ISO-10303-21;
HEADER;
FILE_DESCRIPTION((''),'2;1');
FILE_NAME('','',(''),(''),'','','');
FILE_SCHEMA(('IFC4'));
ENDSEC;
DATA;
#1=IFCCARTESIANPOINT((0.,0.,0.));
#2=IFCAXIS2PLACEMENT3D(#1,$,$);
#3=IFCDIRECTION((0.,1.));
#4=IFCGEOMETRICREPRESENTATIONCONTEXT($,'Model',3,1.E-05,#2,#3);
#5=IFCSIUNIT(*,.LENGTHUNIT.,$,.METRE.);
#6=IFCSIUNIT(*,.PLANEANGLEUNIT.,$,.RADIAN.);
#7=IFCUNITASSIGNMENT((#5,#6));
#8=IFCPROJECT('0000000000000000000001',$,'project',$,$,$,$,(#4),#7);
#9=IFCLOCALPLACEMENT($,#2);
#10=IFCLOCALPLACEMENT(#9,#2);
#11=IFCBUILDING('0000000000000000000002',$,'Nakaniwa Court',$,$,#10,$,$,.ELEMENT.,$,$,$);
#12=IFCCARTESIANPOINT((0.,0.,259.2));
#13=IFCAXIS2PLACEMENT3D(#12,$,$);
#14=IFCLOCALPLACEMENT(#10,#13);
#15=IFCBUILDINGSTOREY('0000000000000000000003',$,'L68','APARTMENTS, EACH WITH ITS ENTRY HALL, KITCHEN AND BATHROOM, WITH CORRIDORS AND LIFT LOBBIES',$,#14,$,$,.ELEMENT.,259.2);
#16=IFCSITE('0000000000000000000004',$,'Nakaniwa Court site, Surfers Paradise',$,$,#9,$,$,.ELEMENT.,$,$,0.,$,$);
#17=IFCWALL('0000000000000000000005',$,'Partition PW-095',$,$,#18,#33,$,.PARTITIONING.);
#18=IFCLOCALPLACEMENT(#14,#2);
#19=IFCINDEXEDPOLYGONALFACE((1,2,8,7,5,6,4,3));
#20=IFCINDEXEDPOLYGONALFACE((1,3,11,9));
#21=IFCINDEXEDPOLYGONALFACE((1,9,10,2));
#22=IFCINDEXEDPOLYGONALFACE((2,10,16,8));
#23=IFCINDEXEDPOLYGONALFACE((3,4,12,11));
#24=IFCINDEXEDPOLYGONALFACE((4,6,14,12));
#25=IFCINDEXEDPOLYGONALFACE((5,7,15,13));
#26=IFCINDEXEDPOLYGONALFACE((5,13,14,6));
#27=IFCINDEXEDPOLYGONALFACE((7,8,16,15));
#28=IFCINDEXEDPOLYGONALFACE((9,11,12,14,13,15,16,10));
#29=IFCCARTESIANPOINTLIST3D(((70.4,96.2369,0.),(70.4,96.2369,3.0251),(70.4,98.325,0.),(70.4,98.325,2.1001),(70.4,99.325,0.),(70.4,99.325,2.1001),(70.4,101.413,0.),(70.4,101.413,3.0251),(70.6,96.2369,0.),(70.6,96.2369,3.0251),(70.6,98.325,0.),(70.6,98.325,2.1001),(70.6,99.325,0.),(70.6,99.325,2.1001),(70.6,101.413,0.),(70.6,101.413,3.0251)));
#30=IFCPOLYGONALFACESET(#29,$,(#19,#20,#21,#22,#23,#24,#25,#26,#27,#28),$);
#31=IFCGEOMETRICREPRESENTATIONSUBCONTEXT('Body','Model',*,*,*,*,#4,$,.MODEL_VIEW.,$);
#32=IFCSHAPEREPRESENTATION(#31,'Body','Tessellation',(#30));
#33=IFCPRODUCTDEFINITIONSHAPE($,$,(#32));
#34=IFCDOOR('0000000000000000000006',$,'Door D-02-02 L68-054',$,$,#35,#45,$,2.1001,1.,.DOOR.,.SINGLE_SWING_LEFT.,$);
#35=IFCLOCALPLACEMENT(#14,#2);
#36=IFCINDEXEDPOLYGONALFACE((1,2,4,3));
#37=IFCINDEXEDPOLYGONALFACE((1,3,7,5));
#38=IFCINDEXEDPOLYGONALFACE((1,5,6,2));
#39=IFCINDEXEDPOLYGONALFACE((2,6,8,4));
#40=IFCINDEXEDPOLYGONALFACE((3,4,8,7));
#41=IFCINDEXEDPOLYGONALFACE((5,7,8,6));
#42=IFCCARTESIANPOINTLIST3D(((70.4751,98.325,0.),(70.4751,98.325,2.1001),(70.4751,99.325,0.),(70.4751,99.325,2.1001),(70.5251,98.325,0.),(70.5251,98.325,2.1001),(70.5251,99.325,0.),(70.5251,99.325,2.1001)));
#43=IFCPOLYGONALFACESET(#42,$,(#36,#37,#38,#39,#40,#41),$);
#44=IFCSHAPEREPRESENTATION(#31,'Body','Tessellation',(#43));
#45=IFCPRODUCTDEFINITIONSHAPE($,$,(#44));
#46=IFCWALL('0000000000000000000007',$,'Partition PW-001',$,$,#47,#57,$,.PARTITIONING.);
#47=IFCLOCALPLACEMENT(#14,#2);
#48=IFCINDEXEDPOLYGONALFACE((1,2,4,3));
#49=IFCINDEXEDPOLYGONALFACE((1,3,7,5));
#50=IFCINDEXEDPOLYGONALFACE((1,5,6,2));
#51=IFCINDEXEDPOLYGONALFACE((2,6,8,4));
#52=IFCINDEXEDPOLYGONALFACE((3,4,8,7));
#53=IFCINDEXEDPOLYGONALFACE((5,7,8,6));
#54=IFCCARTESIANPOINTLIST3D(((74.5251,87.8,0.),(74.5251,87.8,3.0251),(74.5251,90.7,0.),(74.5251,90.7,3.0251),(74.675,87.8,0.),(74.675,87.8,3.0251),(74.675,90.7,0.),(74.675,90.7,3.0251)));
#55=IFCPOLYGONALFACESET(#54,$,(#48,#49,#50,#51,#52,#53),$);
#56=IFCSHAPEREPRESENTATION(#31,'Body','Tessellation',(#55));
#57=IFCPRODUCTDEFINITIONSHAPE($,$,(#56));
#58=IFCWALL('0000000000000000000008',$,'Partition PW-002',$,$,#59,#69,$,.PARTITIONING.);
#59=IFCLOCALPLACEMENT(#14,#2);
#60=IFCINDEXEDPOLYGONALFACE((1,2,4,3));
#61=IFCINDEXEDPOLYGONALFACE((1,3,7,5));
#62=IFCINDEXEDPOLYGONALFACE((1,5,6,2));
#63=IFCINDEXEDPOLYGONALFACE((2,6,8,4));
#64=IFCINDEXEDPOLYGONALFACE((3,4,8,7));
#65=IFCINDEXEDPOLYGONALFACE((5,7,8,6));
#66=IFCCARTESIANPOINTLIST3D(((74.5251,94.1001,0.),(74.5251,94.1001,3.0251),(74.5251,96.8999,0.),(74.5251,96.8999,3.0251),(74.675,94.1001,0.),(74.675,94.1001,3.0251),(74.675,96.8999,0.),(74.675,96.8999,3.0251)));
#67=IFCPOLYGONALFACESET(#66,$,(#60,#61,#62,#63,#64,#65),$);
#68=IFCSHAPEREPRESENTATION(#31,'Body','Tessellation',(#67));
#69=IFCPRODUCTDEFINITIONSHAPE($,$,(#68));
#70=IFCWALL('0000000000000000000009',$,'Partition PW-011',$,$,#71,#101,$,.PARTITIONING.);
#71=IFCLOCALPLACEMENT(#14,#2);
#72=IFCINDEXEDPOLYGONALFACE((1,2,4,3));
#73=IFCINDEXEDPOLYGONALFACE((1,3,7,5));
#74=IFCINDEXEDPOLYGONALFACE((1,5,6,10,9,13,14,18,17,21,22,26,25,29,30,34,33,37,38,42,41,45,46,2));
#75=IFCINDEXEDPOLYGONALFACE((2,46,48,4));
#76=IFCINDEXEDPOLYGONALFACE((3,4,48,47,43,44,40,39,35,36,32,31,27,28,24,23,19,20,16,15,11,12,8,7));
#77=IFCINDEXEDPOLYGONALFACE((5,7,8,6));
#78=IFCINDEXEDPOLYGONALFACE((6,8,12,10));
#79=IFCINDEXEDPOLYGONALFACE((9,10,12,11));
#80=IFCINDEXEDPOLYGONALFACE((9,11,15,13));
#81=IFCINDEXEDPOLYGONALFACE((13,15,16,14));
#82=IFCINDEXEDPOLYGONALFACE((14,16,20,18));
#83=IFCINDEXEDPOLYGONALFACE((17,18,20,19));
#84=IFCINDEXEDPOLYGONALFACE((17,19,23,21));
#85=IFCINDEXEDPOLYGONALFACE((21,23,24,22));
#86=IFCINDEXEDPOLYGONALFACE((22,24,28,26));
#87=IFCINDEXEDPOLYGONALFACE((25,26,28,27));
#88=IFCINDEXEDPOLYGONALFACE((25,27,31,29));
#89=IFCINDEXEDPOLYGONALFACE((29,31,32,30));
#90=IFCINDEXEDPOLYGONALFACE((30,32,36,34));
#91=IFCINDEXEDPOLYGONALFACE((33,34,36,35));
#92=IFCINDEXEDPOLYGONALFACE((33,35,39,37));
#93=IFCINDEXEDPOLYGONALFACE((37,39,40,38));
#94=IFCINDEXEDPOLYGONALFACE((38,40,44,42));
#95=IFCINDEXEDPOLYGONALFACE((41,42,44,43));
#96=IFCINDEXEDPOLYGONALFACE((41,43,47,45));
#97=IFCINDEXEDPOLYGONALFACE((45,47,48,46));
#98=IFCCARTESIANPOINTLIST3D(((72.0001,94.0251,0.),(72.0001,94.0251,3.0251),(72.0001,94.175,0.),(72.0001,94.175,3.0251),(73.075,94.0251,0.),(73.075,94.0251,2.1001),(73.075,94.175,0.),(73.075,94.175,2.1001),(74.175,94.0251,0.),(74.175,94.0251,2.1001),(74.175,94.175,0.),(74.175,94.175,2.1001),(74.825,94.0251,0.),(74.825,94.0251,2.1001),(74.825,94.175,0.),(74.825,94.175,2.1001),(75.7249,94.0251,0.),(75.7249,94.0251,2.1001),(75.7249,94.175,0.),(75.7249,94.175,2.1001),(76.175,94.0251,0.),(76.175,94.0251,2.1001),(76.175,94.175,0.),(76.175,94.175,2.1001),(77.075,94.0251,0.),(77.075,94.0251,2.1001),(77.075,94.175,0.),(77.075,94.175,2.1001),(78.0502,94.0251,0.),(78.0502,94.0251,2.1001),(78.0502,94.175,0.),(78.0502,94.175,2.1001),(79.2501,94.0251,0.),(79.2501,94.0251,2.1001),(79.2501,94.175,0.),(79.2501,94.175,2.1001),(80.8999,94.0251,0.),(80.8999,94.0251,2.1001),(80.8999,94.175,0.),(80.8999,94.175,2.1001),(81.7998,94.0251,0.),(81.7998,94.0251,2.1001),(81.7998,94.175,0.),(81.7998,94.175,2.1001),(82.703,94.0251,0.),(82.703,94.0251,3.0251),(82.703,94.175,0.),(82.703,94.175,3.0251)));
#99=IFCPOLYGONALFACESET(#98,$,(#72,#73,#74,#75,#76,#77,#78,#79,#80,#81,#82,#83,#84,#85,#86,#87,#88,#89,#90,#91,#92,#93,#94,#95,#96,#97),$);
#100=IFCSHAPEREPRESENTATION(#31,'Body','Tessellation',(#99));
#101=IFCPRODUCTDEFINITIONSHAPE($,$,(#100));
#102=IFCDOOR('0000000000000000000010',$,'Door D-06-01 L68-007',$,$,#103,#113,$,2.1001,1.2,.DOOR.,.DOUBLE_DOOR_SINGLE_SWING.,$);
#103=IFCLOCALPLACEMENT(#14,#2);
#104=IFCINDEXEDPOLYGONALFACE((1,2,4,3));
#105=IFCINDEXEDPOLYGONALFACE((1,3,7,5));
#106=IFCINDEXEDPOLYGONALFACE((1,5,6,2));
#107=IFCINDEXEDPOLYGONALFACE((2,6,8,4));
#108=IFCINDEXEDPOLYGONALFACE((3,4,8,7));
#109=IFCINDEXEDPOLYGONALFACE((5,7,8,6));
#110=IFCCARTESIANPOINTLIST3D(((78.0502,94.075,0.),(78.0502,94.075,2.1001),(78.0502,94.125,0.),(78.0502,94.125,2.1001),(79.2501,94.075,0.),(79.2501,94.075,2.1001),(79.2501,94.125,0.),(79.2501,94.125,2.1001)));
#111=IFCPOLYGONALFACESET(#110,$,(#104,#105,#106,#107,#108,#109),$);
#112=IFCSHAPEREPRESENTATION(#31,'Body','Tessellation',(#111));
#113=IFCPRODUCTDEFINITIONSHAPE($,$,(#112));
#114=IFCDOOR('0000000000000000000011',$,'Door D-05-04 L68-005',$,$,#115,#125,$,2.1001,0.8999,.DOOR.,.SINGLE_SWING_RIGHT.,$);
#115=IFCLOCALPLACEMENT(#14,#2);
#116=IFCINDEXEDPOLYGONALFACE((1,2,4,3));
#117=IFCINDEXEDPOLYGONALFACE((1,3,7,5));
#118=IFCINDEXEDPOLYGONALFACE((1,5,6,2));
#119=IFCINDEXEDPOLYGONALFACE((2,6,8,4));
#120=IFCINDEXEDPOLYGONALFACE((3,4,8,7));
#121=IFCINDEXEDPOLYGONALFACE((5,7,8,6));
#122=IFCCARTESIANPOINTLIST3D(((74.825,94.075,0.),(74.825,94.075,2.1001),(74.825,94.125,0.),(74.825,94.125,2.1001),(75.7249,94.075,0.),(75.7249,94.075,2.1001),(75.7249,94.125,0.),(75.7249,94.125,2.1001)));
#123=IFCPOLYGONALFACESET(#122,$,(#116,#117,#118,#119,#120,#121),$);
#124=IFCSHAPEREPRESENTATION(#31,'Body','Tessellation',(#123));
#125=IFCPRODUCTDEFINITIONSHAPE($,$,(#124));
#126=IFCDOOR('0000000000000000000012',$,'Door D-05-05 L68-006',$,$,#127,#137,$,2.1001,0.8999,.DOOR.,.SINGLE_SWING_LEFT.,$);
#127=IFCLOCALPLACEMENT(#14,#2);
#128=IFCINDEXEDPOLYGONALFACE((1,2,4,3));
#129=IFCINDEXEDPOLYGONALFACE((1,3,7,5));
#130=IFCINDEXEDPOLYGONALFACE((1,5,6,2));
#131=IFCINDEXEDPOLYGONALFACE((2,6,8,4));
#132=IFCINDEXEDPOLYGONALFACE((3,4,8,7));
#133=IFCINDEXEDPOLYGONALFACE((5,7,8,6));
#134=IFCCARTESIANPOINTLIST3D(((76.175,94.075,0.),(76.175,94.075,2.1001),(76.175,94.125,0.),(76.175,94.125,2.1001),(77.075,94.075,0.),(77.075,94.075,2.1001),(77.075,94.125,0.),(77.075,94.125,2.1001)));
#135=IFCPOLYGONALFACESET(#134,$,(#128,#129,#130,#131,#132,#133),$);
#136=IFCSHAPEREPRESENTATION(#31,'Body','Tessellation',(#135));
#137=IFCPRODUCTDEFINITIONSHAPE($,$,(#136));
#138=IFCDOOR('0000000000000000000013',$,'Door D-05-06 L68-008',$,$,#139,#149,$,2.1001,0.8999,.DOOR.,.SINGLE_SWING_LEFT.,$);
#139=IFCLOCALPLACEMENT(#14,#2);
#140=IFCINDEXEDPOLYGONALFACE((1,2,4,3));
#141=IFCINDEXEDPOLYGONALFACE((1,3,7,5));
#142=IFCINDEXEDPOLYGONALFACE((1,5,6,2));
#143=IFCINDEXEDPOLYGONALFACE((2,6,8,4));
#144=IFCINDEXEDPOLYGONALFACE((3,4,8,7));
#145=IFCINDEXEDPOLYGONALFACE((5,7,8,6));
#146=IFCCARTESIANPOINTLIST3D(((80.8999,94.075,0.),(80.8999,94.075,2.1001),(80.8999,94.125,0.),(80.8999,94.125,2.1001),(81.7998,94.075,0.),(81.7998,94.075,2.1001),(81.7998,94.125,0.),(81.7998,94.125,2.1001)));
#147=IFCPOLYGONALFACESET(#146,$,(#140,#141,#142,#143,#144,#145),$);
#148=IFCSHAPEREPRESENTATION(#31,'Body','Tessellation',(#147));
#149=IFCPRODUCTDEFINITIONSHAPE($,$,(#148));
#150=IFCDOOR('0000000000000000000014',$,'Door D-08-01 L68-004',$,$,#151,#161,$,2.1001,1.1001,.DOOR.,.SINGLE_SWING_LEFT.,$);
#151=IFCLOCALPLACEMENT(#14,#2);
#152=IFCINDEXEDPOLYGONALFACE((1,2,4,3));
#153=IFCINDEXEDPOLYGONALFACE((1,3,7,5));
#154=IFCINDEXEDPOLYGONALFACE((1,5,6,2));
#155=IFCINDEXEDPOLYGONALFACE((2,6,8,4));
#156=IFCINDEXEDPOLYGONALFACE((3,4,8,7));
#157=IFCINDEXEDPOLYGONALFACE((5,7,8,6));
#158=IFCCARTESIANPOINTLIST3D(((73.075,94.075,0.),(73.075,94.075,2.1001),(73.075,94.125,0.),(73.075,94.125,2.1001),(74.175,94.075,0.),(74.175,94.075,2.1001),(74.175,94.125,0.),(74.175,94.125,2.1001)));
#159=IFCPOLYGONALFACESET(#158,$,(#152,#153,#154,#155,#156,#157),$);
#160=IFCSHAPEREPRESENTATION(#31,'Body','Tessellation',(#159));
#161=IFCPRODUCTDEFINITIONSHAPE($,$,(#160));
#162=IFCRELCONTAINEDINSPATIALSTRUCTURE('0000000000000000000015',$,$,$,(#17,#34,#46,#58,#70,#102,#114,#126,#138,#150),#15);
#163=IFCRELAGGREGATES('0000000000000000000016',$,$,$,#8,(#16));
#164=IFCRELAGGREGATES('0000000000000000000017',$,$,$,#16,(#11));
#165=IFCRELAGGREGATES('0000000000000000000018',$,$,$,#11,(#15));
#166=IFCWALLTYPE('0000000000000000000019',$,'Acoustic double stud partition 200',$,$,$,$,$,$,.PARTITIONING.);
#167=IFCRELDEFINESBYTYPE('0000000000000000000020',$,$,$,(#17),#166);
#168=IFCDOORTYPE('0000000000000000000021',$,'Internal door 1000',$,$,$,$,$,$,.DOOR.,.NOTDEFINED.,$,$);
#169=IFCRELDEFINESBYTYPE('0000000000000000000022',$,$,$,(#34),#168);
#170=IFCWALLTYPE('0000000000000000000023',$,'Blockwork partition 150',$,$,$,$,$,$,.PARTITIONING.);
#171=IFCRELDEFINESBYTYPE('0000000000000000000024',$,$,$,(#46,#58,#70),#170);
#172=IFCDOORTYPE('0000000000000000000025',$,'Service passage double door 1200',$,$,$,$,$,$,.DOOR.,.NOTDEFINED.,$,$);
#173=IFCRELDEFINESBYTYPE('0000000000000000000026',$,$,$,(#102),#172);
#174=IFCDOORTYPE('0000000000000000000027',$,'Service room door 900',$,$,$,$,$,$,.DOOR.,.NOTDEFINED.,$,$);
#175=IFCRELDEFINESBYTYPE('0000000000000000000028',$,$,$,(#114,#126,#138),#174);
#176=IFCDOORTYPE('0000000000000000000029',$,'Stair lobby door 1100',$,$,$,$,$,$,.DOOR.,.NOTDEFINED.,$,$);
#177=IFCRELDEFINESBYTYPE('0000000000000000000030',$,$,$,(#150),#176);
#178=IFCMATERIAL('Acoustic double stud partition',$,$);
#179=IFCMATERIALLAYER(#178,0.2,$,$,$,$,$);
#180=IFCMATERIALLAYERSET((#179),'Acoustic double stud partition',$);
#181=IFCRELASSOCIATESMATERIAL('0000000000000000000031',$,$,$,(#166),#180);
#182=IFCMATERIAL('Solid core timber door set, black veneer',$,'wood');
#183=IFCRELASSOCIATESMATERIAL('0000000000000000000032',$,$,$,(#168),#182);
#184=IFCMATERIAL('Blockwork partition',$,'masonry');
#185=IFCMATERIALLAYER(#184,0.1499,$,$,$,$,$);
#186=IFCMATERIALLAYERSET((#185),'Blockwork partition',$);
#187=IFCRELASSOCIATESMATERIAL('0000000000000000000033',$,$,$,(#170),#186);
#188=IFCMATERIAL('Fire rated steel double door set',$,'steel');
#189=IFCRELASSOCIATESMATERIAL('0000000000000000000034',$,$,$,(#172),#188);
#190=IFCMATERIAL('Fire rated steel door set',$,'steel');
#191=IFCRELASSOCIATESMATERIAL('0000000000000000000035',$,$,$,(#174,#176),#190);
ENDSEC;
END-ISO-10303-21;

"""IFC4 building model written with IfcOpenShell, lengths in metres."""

from ifc_helpers import new_model, si_unit, direction, frame, frame_2d, origin, place, context, subcontext, project, spatial, rectangle, extrude, material, layer, layer_set, type_object, element, fill, save


model = new_model("IFC4")

# Units and contexts
model_context = context("Model", 3, precision=1e-05, world=origin(), true_north=direction((0.0, 1.0)))
body_context = subcontext(model_context, "Body", "Model", "MODEL_VIEW")
ifc_project = project(units=[si_unit("LENGTHUNIT", "METRE"), si_unit("PLANEANGLEUNIT", "RADIAN")], contexts=[model_context])

# Site, building, storey
site_placement = place(None, origin())
site = spatial("IfcSite", under=ifc_project, at=site_placement, Name="Nakaniwa Court site, Surfers Paradise", CompositionType="ELEMENT", RefElevation=0.0)
building_placement = place(site_placement, origin())
building = spatial("IfcBuilding", under=site, at=building_placement, Name="Nakaniwa Court", CompositionType="ELEMENT")
storey_placement = place(building_placement, frame((0.0, 0.0, 259.2)))
storey = spatial("IfcBuildingStorey", under=building, at=storey_placement, Name="L68", Description="APARTMENTS, EACH WITH ITS ENTRY HALL, KITCHEN AND BATHROOM, WITH CORRIDORS AND LIFT LOBBIES", CompositionType="ELEMENT", Elevation=259.2)

# Shared definitions
ifc_material_1 = material(Name="Acoustic double stud partition")
ifc_layer_1 = layer(ifc_material_1, 0.2)
ifc_layer_set_1 = layer_set([ifc_layer_1], Name="Acoustic double stud partition")
wall_type_1 = type_object("IfcWallType", Name="Acoustic double stud partition 200", PredefinedType="PARTITIONING", material=ifc_layer_set_1)
ifc_material_2 = material(Name="Solid core timber door set, black veneer", Category="wood")

# Wall, opening, door
wall_1_placement = place(storey_placement, frame((70.5, 96.2371, 0.0), z_axis=(0.0, 0.0, 1.0), x_axis=(0.0, 1.0, 0.0)))
wall_1 = element("IfcWall", 1, at=wall_1_placement, inside=storey, type_object=wall_type_1, Name="Partition PW-095", PredefinedType="PARTITIONING", context=body_context, shape_type="SweptSolid", body=[
    extrude(rectangle(XDim=5.176, YDim=0.2, at=frame_2d((2.5879, 0.0))), origin(), (0.0, 0.0, 1.0), 3.0251),
])
opening_1_placement = place(wall_1_placement, frame((2.0879, 0.0, 0.0)))
opening_1 = element("IfcOpeningElement", 2, at=opening_1_placement, cuts=wall_1, PredefinedType="OPENING", context=body_context, shape_type="SweptSolid", body=[
    extrude(rectangle(XDim=1.0, YDim=2.1001, at=frame_2d((0.5, 1.05))), frame((0.0, 0.1099, 0.0), z_axis=(0.0, -1.0, 0.0), x_axis=(1.0, 0.0, 0.0)), (0.0, 0.0, 1.0), 0.22),
])
door_type_1 = type_object("IfcDoorType", Name="Internal door 1000", OperationType="NOTDEFINED", PredefinedType="DOOR", material=ifc_material_2)
door_1_placement = place(opening_1_placement, origin())
door_1 = element("IfcDoor", 3, at=door_1_placement, inside=storey, type_object=door_type_1, Name="Door D-02-02 L68-054", OperationType="SINGLE_SWING_LEFT", OverallHeight=2.1001, OverallWidth=1.0, PredefinedType="DOOR", context=body_context, shape_type="SweptSolid", body=[
    extrude(rectangle(XDim=1.0, YDim=2.1001, at=frame_2d((0.5, 1.05))), frame((0.0, 0.0249, 0.0), z_axis=(0.0, -1.0, 0.0), x_axis=(1.0, 0.0, 0.0)), (0.0, 0.0, 1.0), 0.05),
])
fill(opening_1, door_1)

# Walls
ifc_material_3 = material(Name="Blockwork partition", Category="masonry")
ifc_layer_2 = layer(ifc_material_3, 0.1499)
ifc_layer_set_2 = layer_set([ifc_layer_2], Name="Blockwork partition")
wall_type_2 = type_object("IfcWallType", Name="Blockwork partition 150", PredefinedType="PARTITIONING", material=ifc_layer_set_2)
wall_2_placement = place(storey_placement, frame((74.6001, 87.8, 0.0), z_axis=(0.0, 0.0, 1.0), x_axis=(0.0, 1.0, 0.0)))
element("IfcWall", 4, at=wall_2_placement, inside=storey, type_object=wall_type_2, Name="Partition PW-001", PredefinedType="PARTITIONING", context=body_context, shape_type="SweptSolid", body=[
    extrude(rectangle(XDim=2.8999, YDim=0.1499, at=frame_2d((1.45, 0.0))), origin(), (0.0, 0.0, 1.0), 3.0251),
])
wall_3_placement = place(storey_placement, frame((74.6001, 94.1001, 0.0), z_axis=(0.0, 0.0, 1.0), x_axis=(0.0, 1.0, 0.0)))
element("IfcWall", 5, at=wall_3_placement, inside=storey, type_object=wall_type_2, Name="Partition PW-002", PredefinedType="PARTITIONING", context=body_context, shape_type="SweptSolid", body=[
    extrude(rectangle(XDim=2.7998, YDim=0.1499, at=frame_2d((1.3999, 0.0))), origin(), (0.0, 0.0, 1.0), 3.0251),
])

# Wall, openings, doors
wall_4_placement = place(storey_placement, frame((72.0, 94.1001, 0.0), z_axis=(0.0, 0.0, 1.0), x_axis=(1.0, 0.0, 0.0)))
wall_4 = element("IfcWall", 6, at=wall_4_placement, inside=storey, type_object=wall_type_2, Name="Partition PW-011", PredefinedType="PARTITIONING", context=body_context, shape_type="SweptSolid", body=[
    extrude(rectangle(XDim=10.7029, YDim=0.1499, at=frame_2d((5.3516, 0.0))), origin(), (0.0, 0.0, 1.0), 3.0251),
])
opening_2_placement = place(wall_4_placement, frame((1.075, 0.0, 0.0)))
opening_2 = element("IfcOpeningElement", 7, at=opening_2_placement, cuts=wall_4, PredefinedType="OPENING", context=body_context, shape_type="SweptSolid", body=[
    extrude(rectangle(XDim=1.1001, YDim=2.1001, at=frame_2d((0.55, 1.05))), frame((0.0, 0.085, 0.0), z_axis=(0.0, -1.0, 0.0), x_axis=(1.0, 0.0, 0.0)), (0.0, 0.0, 1.0), 0.1699),
])
opening_3_placement = place(wall_4_placement, frame((2.825, 0.0, 0.0)))
opening_3 = element("IfcOpeningElement", 8, at=opening_3_placement, cuts=wall_4, PredefinedType="OPENING", context=body_context, shape_type="SweptSolid", body=[
    extrude(rectangle(XDim=0.8999, YDim=2.1001, at=frame_2d((0.45, 1.05))), frame((0.0, 0.085, 0.0), z_axis=(0.0, -1.0, 0.0), x_axis=(1.0, 0.0, 0.0)), (0.0, 0.0, 1.0), 0.1699),
])
opening_4_placement = place(wall_4_placement, frame((4.175, 0.0, 0.0)))
opening_4 = element("IfcOpeningElement", 9, at=opening_4_placement, cuts=wall_4, PredefinedType="OPENING", context=body_context, shape_type="SweptSolid", body=[
    extrude(rectangle(XDim=0.8999, YDim=2.1001, at=frame_2d((0.45, 1.05))), frame((0.0, 0.085, 0.0), z_axis=(0.0, -1.0, 0.0), x_axis=(1.0, 0.0, 0.0)), (0.0, 0.0, 1.0), 0.1699),
])
opening_5_placement = place(wall_4_placement, frame((6.05, 0.0, 0.0)))
opening_5 = element("IfcOpeningElement", 10, at=opening_5_placement, cuts=wall_4, PredefinedType="OPENING", context=body_context, shape_type="SweptSolid", body=[
    extrude(rectangle(XDim=1.2, YDim=2.1001, at=frame_2d((0.6001, 1.05))), frame((0.0, 0.085, 0.0), z_axis=(0.0, -1.0, 0.0), x_axis=(1.0, 0.0, 0.0)), (0.0, 0.0, 1.0), 0.1699),
])
opening_6_placement = place(wall_4_placement, frame((8.8999, 0.0, 0.0)))
opening_6 = element("IfcOpeningElement", 11, at=opening_6_placement, cuts=wall_4, PredefinedType="OPENING", context=body_context, shape_type="SweptSolid", body=[
    extrude(rectangle(XDim=0.8999, YDim=2.1001, at=frame_2d((0.45, 1.05))), frame((0.0, 0.085, 0.0), z_axis=(0.0, -1.0, 0.0), x_axis=(1.0, 0.0, 0.0)), (0.0, 0.0, 1.0), 0.1699),
])
ifc_material_4 = material(Name="Fire rated steel double door set", Category="steel")
door_type_2 = type_object("IfcDoorType", Name="Service passage double door 1200", OperationType="NOTDEFINED", PredefinedType="DOOR", material=ifc_material_4)
door_2_placement = place(opening_5_placement, origin())
door_2 = element("IfcDoor", 12, at=door_2_placement, inside=storey, type_object=door_type_2, Name="Door D-06-01 L68-007", OperationType="DOUBLE_DOOR_SINGLE_SWING", OverallHeight=2.1001, OverallWidth=1.2, PredefinedType="DOOR", context=body_context, shape_type="SweptSolid", body=[
    extrude(rectangle(XDim=1.2, YDim=2.1001, at=frame_2d((0.6001, 1.05))), frame((0.0, 0.0249, 0.0), z_axis=(0.0, -1.0, 0.0), x_axis=(1.0, 0.0, 0.0)), (0.0, 0.0, 1.0), 0.05),
])
fill(opening_5, door_2)
ifc_material_5 = material(Name="Fire rated steel door set", Category="steel")
door_type_3 = type_object("IfcDoorType", Name="Service room door 900", OperationType="NOTDEFINED", PredefinedType="DOOR", material=ifc_material_5)
door_3_placement = place(opening_3_placement, origin())
door_3 = element("IfcDoor", 13, at=door_3_placement, inside=storey, type_object=door_type_3, Name="Door D-05-04 L68-005", OperationType="SINGLE_SWING_RIGHT", OverallHeight=2.1001, OverallWidth=0.8999, PredefinedType="DOOR", context=body_context, shape_type="SweptSolid", body=[
    extrude(rectangle(XDim=0.8999, YDim=2.1001, at=frame_2d((0.45, 1.05))), frame((0.0, 0.0249, 0.0), z_axis=(0.0, -1.0, 0.0), x_axis=(1.0, 0.0, 0.0)), (0.0, 0.0, 1.0), 0.05),
])
fill(opening_3, door_3)
door_4_placement = place(opening_4_placement, origin())
door_4 = element("IfcDoor", 14, at=door_4_placement, inside=storey, type_object=door_type_3, Name="Door D-05-05 L68-006", OperationType="SINGLE_SWING_LEFT", OverallHeight=2.1001, OverallWidth=0.8999, PredefinedType="DOOR", context=body_context, shape_type="SweptSolid", body=[
    extrude(rectangle(XDim=0.8999, YDim=2.1001, at=frame_2d((0.45, 1.05))), frame((0.0, 0.0249, 0.0), z_axis=(0.0, -1.0, 0.0), x_axis=(1.0, 0.0, 0.0)), (0.0, 0.0, 1.0), 0.05),
])
fill(opening_4, door_4)
door_5_placement = place(opening_6_placement, origin())
door_5 = element("IfcDoor", 15, at=door_5_placement, inside=storey, type_object=door_type_3, Name="Door D-05-06 L68-008", OperationType="SINGLE_SWING_LEFT", OverallHeight=2.1001, OverallWidth=0.8999, PredefinedType="DOOR", context=body_context, shape_type="SweptSolid", body=[
    extrude(rectangle(XDim=0.8999, YDim=2.1001, at=frame_2d((0.45, 1.05))), frame((0.0, 0.0249, 0.0), z_axis=(0.0, -1.0, 0.0), x_axis=(1.0, 0.0, 0.0)), (0.0, 0.0, 1.0), 0.05),
])
fill(opening_6, door_5)
door_type_4 = type_object("IfcDoorType", Name="Stair lobby door 1100", OperationType="NOTDEFINED", PredefinedType="DOOR", material=ifc_material_5)
door_6_placement = place(opening_2_placement, origin())
door_6 = element("IfcDoor", 16, at=door_6_placement, inside=storey, type_object=door_type_4, Name="Door D-08-01 L68-004", OperationType="SINGLE_SWING_LEFT", OverallHeight=2.1001, OverallWidth=1.1001, PredefinedType="DOOR", context=body_context, shape_type="SweptSolid", body=[
    extrude(rectangle(XDim=1.1001, YDim=2.1001, at=frame_2d((0.55, 1.05))), frame((0.0, 0.0249, 0.0), z_axis=(0.0, -1.0, 0.0), x_axis=(1.0, 0.0, 0.0)), (0.0, 0.0, 1.0), 0.05),
])
fill(opening_2, door_6)

save(model, "model.ifc")
